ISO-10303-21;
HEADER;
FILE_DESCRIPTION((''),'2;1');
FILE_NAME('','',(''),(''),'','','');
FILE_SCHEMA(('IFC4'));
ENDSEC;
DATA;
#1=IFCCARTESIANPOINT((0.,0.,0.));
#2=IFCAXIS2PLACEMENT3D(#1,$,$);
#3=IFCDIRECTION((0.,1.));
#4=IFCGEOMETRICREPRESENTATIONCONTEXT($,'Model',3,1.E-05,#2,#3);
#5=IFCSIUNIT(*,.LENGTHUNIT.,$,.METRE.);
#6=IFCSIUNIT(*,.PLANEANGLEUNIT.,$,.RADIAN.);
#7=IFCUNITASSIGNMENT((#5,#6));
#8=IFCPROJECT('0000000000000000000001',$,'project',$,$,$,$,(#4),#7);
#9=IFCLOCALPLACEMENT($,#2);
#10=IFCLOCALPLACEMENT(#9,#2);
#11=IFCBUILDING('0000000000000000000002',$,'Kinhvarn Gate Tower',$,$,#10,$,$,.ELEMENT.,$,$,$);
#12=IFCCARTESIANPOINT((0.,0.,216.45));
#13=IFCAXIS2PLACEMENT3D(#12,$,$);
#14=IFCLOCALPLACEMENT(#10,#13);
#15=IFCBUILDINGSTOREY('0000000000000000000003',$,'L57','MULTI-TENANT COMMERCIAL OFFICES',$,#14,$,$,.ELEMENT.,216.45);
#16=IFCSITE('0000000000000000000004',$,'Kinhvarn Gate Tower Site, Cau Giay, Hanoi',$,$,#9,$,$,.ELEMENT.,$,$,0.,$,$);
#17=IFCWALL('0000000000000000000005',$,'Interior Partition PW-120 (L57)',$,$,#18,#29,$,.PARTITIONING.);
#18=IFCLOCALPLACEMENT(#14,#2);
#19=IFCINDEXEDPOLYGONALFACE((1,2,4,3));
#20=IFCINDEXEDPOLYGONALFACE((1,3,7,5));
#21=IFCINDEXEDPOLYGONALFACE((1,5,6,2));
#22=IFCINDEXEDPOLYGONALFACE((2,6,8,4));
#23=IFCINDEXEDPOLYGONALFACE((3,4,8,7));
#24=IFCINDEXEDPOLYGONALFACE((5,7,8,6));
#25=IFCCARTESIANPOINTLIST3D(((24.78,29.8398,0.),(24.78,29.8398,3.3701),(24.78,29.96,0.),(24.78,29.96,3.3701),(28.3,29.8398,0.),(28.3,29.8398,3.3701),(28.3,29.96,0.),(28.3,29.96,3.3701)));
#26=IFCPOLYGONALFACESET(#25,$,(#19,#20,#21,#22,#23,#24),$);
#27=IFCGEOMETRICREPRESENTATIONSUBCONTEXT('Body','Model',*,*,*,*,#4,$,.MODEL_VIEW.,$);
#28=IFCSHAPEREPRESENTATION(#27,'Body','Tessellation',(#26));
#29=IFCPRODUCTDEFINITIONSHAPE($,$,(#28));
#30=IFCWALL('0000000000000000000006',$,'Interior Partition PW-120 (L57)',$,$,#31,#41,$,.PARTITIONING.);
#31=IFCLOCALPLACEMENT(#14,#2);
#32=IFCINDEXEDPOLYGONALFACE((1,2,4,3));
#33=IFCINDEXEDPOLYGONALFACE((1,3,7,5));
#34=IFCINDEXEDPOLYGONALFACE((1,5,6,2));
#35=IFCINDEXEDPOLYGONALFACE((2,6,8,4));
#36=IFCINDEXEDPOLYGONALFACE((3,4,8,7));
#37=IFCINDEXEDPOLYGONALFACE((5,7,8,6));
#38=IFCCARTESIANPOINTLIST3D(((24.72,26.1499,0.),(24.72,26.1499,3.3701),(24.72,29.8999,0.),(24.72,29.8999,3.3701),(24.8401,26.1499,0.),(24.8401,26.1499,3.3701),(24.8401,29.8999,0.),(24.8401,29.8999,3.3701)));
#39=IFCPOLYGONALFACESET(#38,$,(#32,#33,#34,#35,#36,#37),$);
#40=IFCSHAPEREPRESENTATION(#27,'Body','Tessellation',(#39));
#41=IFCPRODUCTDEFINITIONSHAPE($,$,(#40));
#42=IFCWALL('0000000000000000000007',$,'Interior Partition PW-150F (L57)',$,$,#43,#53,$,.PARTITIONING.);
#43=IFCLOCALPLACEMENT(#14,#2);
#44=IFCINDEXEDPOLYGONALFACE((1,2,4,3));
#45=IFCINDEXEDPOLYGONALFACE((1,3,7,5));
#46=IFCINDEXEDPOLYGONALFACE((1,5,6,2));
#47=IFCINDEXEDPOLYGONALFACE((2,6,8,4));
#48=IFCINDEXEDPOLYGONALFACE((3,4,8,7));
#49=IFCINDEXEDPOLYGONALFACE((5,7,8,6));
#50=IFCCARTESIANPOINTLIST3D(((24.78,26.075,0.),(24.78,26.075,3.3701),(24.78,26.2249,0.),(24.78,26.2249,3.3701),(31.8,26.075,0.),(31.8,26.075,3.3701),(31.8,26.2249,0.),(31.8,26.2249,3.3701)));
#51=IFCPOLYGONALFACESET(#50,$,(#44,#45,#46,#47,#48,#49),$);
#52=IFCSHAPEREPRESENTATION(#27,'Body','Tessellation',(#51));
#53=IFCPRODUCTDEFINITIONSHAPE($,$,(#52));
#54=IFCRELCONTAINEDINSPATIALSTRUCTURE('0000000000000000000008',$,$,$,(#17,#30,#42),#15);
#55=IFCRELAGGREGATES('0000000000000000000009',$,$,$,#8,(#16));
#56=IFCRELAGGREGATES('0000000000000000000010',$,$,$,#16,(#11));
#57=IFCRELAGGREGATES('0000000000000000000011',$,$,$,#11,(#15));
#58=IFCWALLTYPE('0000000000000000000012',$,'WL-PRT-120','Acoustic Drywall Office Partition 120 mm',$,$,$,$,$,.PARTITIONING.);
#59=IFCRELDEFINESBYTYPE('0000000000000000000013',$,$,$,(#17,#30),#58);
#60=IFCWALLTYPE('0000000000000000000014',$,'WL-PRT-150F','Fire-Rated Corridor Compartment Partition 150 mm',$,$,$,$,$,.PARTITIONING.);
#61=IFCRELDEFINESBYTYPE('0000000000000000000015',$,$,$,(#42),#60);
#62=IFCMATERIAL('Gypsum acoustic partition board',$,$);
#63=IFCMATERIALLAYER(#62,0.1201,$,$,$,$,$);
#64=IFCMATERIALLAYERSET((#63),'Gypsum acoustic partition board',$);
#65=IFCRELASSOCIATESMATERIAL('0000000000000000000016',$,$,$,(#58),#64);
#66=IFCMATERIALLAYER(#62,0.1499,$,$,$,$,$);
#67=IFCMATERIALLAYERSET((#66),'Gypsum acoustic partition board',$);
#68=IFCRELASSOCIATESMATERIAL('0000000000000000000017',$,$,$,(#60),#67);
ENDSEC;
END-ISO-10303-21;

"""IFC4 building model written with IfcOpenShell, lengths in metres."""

from ifc_helpers import new_model, si_unit, direction, frame, frame_2d, origin, place, context, subcontext, project, spatial, rectangle, extrude, material, layer, layer_set, type_object, element, save


model = new_model("IFC4")

# Units and contexts
model_context = context("Model", 3, precision=1e-05, world=origin(), true_north=direction((0.0, 1.0)))
body_context = subcontext(model_context, "Body", "Model", "MODEL_VIEW")
ifc_project = project(units=[si_unit("LENGTHUNIT", "METRE"), si_unit("PLANEANGLEUNIT", "RADIAN")], contexts=[model_context])

# Site, building, storey
site_placement = place(None, origin())
site = spatial("IfcSite", under=ifc_project, at=site_placement, Name="Kinhvarn Gate Tower Site, Cau Giay, Hanoi", CompositionType="ELEMENT", RefElevation=0.0)
building_placement = place(site_placement, origin())
building = spatial("IfcBuilding", under=site, at=building_placement, Name="Kinhvarn Gate Tower", CompositionType="ELEMENT")
storey_placement = place(building_placement, frame((0.0, 0.0, 216.45)))
storey = spatial("IfcBuildingStorey", under=building, at=storey_placement, Name="L57", Description="MULTI-TENANT COMMERCIAL OFFICES", CompositionType="ELEMENT", Elevation=216.45)

# Shared definitions
ifc_material_1 = material(Name="Gypsum acoustic partition board")

# Walls
ifc_layer_1 = layer(ifc_material_1, 0.1201)
ifc_layer_set_1 = layer_set([ifc_layer_1], Name="Gypsum acoustic partition board")
wall_type_1 = type_object("IfcWallType", Name="WL-PRT-120", Description="Acoustic Drywall Office Partition 120 mm", PredefinedType="PARTITIONING", material=ifc_layer_set_1)
wall_1_placement = place(storey_placement, frame((24.78, 29.8999, 0.0), z_axis=(0.0, 0.0, 1.0), x_axis=(1.0, 0.0, 0.0)))
element("IfcWall", 1, at=wall_1_placement, inside=storey, type_object=wall_type_1, Name="Interior Partition PW-120 (L57)", PredefinedType="PARTITIONING", context=body_context, shape_type="SweptSolid", body=[
    extrude(rectangle(XDim=3.52, YDim=0.1201, at=frame_2d((1.76, 0.0))), origin(), (0.0, 0.0, 1.0), 3.3701),
])
wall_2_placement = place(storey_placement, frame((24.78, 26.1499, 0.0), z_axis=(0.0, 0.0, 1.0), x_axis=(0.0, 1.0, 0.0)))
element("IfcWall", 2, at=wall_2_placement, inside=storey, type_object=wall_type_1, Name="Interior Partition PW-120 (L57)", PredefinedType="PARTITIONING", context=body_context, shape_type="SweptSolid", body=[
    extrude(rectangle(XDim=3.75, YDim=0.1201, at=frame_2d((1.875, 0.0))), origin(), (0.0, 0.0, 1.0), 3.3701),
])
ifc_layer_2 = layer(ifc_material_1, 0.1499)
ifc_layer_set_2 = layer_set([ifc_layer_2], Name="Gypsum acoustic partition board")
wall_type_2 = type_object("IfcWallType", Name="WL-PRT-150F", Description="Fire-Rated Corridor Compartment Partition 150 mm", PredefinedType="PARTITIONING", material=ifc_layer_set_2)
wall_3_placement = place(storey_placement, frame((24.78, 26.1499, 0.0), z_axis=(0.0, 0.0, 1.0), x_axis=(1.0, 0.0, 0.0)))
element("IfcWall", 3, at=wall_3_placement, inside=storey, type_object=wall_type_2, Name="Interior Partition PW-150F (L57)", PredefinedType="PARTITIONING", context=body_context, shape_type="SweptSolid", body=[
    extrude(rectangle(XDim=7.02, YDim=0.1499, at=frame_2d((3.51, 0.0))), origin(), (0.0, 0.0, 1.0), 3.3701),
])

save(model, "model.ifc")
